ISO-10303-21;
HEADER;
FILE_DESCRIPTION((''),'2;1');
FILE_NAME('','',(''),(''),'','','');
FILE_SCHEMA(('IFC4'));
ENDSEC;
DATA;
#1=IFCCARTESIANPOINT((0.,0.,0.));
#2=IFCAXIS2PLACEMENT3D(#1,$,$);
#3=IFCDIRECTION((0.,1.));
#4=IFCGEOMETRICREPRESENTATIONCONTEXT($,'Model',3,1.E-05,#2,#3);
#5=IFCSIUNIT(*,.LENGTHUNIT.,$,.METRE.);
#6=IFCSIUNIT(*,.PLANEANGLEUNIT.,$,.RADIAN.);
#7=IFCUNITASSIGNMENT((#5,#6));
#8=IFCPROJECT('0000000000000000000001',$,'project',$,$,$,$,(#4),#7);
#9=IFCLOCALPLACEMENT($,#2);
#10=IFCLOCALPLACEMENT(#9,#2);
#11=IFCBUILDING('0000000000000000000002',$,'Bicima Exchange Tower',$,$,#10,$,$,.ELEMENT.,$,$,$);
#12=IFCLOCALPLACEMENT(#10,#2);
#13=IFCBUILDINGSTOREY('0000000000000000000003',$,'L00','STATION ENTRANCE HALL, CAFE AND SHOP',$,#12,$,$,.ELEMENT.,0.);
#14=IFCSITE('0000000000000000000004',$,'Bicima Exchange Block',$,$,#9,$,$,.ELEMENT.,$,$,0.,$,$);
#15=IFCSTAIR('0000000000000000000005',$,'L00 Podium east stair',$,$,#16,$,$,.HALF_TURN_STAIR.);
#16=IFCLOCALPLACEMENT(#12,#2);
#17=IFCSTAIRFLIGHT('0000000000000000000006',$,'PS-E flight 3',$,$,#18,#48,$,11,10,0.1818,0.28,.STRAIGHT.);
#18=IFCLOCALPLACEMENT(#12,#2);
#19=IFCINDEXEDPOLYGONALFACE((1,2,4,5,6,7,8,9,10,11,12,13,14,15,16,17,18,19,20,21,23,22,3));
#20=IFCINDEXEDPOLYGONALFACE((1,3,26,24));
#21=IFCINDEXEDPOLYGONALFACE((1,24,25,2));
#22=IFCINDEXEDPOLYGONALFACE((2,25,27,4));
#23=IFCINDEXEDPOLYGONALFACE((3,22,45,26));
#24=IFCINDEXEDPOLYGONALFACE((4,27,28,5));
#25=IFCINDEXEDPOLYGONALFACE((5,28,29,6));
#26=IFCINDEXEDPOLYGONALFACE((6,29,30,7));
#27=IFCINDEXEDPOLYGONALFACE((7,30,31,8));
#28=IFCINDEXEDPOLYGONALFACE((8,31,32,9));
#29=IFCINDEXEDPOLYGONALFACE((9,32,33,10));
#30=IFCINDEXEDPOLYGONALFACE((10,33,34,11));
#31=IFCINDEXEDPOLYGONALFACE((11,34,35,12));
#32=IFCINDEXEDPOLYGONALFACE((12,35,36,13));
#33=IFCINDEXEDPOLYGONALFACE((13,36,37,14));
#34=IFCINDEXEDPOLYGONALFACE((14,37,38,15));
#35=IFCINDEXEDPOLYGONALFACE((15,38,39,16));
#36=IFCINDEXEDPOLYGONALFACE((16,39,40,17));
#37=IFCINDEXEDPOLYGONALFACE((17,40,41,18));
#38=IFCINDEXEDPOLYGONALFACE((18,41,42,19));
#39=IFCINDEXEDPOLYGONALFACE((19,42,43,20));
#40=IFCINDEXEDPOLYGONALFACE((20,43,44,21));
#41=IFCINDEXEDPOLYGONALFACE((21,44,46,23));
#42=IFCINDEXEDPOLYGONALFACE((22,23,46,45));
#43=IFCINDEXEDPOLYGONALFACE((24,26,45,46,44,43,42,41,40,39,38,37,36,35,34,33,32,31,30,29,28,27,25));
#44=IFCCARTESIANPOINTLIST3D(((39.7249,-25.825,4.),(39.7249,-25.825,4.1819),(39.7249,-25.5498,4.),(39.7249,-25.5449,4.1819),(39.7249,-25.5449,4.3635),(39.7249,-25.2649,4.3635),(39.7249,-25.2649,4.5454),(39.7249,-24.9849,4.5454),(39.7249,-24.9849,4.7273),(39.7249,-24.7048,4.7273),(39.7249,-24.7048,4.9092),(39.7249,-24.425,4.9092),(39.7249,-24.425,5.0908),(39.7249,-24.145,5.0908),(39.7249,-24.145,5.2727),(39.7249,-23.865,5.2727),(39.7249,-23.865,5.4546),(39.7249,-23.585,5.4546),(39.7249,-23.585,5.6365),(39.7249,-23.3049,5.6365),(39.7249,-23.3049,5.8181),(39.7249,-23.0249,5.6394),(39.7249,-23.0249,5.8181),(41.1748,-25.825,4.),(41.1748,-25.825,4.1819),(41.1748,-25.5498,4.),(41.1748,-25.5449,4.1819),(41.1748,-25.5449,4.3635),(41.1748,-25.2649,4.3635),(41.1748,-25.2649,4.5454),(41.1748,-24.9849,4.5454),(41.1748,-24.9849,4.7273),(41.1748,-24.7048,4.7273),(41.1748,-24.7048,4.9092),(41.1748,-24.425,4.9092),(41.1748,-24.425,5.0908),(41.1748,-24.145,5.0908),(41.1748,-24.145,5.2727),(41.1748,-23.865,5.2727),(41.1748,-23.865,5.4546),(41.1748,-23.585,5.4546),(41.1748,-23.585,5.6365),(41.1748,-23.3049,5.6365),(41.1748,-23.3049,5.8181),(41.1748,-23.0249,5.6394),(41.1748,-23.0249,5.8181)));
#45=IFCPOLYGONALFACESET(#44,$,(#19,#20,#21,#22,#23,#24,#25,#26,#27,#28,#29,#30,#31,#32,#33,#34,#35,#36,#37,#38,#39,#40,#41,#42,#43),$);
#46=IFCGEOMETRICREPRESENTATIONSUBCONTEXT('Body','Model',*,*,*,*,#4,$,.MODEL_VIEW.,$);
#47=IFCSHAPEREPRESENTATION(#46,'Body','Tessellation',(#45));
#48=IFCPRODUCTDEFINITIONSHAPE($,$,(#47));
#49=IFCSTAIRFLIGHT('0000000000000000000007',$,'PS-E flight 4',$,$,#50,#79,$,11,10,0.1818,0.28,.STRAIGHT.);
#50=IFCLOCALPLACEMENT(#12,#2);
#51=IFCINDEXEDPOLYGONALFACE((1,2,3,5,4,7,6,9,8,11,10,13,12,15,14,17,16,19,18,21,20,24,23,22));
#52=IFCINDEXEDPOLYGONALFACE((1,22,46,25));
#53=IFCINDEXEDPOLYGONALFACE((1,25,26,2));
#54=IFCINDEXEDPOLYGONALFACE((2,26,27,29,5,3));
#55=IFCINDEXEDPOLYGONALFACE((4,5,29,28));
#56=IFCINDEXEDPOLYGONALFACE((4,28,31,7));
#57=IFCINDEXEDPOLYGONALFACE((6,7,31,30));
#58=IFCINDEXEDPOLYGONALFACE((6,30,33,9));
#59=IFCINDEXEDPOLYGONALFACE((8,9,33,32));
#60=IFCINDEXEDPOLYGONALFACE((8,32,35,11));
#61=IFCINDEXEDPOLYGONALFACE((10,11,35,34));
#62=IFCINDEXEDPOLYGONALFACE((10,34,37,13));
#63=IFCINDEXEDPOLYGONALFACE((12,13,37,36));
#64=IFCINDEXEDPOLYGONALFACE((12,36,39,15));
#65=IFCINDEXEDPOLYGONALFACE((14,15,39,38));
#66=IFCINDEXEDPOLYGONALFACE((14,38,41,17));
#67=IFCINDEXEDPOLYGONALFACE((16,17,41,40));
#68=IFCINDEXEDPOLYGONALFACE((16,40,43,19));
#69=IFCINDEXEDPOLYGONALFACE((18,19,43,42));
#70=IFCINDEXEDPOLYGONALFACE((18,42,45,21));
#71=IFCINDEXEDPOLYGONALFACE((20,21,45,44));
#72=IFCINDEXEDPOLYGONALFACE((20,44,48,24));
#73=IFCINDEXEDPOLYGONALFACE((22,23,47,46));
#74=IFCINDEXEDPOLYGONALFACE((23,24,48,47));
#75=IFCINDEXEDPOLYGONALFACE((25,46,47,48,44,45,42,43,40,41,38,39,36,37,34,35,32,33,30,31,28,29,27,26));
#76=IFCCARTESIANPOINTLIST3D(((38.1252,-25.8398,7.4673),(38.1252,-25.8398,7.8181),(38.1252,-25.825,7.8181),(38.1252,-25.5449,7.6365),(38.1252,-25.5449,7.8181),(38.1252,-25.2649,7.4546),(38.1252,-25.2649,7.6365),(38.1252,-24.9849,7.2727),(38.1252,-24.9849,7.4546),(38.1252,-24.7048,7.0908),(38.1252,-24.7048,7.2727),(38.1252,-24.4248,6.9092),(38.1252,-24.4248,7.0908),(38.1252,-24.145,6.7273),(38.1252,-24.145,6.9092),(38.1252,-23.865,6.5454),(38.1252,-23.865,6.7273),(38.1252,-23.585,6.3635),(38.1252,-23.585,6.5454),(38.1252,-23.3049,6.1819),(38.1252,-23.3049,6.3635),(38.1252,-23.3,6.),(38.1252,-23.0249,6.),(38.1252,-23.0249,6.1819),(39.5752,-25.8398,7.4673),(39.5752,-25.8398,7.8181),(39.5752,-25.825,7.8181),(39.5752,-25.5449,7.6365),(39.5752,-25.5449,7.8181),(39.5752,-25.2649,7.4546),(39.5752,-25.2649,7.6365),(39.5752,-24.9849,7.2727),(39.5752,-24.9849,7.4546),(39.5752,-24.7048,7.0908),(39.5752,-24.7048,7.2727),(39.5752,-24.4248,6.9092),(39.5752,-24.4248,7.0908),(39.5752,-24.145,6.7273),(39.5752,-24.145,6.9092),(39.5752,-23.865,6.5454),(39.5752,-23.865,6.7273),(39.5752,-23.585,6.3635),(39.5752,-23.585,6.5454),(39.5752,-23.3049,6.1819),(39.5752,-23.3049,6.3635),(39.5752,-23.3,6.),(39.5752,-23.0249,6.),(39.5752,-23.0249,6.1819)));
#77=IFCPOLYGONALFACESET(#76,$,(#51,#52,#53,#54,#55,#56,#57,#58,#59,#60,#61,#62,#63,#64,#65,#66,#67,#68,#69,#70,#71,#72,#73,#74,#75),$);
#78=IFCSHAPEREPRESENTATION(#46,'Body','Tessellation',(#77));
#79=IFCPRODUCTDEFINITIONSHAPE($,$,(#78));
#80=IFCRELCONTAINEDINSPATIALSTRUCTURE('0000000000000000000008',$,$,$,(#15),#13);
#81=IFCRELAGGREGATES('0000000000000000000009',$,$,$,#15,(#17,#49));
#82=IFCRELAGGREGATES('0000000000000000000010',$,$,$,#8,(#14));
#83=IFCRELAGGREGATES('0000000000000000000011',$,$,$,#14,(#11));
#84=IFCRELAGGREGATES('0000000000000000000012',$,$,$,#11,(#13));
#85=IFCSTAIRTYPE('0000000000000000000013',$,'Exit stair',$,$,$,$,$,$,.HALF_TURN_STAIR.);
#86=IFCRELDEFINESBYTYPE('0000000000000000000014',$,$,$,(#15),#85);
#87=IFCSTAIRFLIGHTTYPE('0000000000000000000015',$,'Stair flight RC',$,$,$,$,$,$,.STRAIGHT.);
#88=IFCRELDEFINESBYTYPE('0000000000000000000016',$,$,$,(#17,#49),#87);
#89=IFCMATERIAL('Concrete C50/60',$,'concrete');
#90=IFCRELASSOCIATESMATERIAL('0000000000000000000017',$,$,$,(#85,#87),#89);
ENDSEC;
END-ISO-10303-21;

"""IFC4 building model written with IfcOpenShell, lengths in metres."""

from ifc_helpers import new_model, si_unit, direction, frame, origin, place, context, subcontext, project, spatial, polyline, outline, extrude, material, type_object, element, aggregate, save


model = new_model("IFC4")

# Units and contexts
model_context = context("Model", 3, precision=1e-05, world=origin(), true_north=direction((0.0, 1.0)))
body_context = subcontext(model_context, "Body", "Model", "MODEL_VIEW")
ifc_project = project(units=[si_unit("LENGTHUNIT", "METRE"), si_unit("PLANEANGLEUNIT", "RADIAN")], contexts=[model_context])

# Site, building, storey
site_placement = place(None, origin())
site = spatial("IfcSite", under=ifc_project, at=site_placement, Name="Bicima Exchange Block", CompositionType="ELEMENT", RefElevation=0.0)
building_placement = place(site_placement, origin())
building = spatial("IfcBuilding", under=site, at=building_placement, Name="Bicima Exchange Tower", CompositionType="ELEMENT")
storey_placement = place(building_placement, origin())
storey = spatial("IfcBuildingStorey", under=building, at=storey_placement, Name="L00", Description="STATION ENTRANCE HALL, CAFE AND SHOP", CompositionType="ELEMENT", Elevation=0.0)

# Stair, stair flights
ifc_material_1 = material(Name="Concrete C50/60", Category="concrete")
stair_type = type_object("IfcStairType", Name="Exit stair", PredefinedType="HALF_TURN_STAIR", material=ifc_material_1)
stair_placement = place(storey_placement, origin())
stair = element("IfcStair", 1, at=stair_placement, inside=storey, type_object=stair_type, Name="L00 Podium east stair", PredefinedType="HALF_TURN_STAIR")
stair_flight_type = type_object("IfcStairFlightType", Name="Stair flight RC", PredefinedType="STRAIGHT", material=ifc_material_1)
stair_flight_1_placement = place(storey_placement, frame((40.45, -25.825, 4.0), z_axis=(0.0, 0.0, 1.0), x_axis=(0.0, 1.0, 0.0)))
stair_flight_1 = element("IfcStairFlight", 2, at=stair_flight_1_placement, type_object=stair_flight_type, Name="PS-E flight 3", NumberOfRisers=11, NumberOfTreads=10, PredefinedType="STRAIGHT", RiserHeight=0.1818, TreadLength=0.28, context=body_context, shape_type="SweptSolid", body=[
    extrude(outline(polyline([(0.0, 0.0), (0.0, 0.1819), (0.28, 0.1819), (0.28, 0.3635), (0.5601, 0.3635), (0.5601, 0.5454), (0.8401, 0.5454), (0.8401, 0.7273), (1.1201, 0.7273), (1.1201, 0.9092), (1.3999, 0.9092), (1.3999, 1.0908), (1.6799, 1.0908), (1.6799, 1.2727), (1.96, 1.2727), (1.96, 1.4546), (2.24, 1.4546), (2.24, 1.6365), (2.52, 1.6365), (2.52, 1.8181), (2.8, 1.8181), (2.8, 2.0), (2.8, 1.6394), (0.2751, 0.0), (0.0, 0.0)])), frame((0.0, 0.7251, 0.0), z_axis=(0.0, -1.0, 0.0), x_axis=(1.0, 0.0, 0.0)), (0.0, 0.0, 1.0), 1.45),
])
stair_flight_2_placement = place(storey_placement, frame((38.8501, -23.0249, 6.0), z_axis=(0.0, 0.0, 1.0), x_axis=(0.0, -1.0, 0.0)))
stair_flight_2 = element("IfcStairFlight", 3, at=stair_flight_2_placement, type_object=stair_flight_type, Name="PS-E flight 4", NumberOfRisers=11, NumberOfTreads=10, PredefinedType="STRAIGHT", RiserHeight=0.1818, TreadLength=0.28, context=body_context, shape_type="SweptSolid", body=[
    extrude(outline(polyline([(0.0, 0.0), (0.0, 0.1819), (0.28, 0.1819), (0.28, 0.3635), (0.5601, 0.3635), (0.5601, 0.5454), (0.8401, 0.5454), (0.8401, 0.7273), (1.1201, 0.7273), (1.1201, 0.9092), (1.3999, 0.9092), (1.3999, 1.0908), (1.6799, 1.0908), (1.6799, 1.2727), (1.96, 1.2727), (1.96, 1.4546), (2.24, 1.4546), (2.24, 1.6365), (2.52, 1.6365), (2.52, 1.8181), (2.8, 1.8181), (2.8149, 1.8181), (2.8149, 1.4673), (0.2751, 0.0), (0.0, 0.0)])), frame((0.0, 0.7251, 0.0), z_axis=(0.0, -1.0, 0.0), x_axis=(1.0, 0.0, 0.0)), (0.0, 0.0, 1.0), 1.45),
])
aggregate(stair, [stair_flight_1, stair_flight_2])

save(model, "model.ifc")
